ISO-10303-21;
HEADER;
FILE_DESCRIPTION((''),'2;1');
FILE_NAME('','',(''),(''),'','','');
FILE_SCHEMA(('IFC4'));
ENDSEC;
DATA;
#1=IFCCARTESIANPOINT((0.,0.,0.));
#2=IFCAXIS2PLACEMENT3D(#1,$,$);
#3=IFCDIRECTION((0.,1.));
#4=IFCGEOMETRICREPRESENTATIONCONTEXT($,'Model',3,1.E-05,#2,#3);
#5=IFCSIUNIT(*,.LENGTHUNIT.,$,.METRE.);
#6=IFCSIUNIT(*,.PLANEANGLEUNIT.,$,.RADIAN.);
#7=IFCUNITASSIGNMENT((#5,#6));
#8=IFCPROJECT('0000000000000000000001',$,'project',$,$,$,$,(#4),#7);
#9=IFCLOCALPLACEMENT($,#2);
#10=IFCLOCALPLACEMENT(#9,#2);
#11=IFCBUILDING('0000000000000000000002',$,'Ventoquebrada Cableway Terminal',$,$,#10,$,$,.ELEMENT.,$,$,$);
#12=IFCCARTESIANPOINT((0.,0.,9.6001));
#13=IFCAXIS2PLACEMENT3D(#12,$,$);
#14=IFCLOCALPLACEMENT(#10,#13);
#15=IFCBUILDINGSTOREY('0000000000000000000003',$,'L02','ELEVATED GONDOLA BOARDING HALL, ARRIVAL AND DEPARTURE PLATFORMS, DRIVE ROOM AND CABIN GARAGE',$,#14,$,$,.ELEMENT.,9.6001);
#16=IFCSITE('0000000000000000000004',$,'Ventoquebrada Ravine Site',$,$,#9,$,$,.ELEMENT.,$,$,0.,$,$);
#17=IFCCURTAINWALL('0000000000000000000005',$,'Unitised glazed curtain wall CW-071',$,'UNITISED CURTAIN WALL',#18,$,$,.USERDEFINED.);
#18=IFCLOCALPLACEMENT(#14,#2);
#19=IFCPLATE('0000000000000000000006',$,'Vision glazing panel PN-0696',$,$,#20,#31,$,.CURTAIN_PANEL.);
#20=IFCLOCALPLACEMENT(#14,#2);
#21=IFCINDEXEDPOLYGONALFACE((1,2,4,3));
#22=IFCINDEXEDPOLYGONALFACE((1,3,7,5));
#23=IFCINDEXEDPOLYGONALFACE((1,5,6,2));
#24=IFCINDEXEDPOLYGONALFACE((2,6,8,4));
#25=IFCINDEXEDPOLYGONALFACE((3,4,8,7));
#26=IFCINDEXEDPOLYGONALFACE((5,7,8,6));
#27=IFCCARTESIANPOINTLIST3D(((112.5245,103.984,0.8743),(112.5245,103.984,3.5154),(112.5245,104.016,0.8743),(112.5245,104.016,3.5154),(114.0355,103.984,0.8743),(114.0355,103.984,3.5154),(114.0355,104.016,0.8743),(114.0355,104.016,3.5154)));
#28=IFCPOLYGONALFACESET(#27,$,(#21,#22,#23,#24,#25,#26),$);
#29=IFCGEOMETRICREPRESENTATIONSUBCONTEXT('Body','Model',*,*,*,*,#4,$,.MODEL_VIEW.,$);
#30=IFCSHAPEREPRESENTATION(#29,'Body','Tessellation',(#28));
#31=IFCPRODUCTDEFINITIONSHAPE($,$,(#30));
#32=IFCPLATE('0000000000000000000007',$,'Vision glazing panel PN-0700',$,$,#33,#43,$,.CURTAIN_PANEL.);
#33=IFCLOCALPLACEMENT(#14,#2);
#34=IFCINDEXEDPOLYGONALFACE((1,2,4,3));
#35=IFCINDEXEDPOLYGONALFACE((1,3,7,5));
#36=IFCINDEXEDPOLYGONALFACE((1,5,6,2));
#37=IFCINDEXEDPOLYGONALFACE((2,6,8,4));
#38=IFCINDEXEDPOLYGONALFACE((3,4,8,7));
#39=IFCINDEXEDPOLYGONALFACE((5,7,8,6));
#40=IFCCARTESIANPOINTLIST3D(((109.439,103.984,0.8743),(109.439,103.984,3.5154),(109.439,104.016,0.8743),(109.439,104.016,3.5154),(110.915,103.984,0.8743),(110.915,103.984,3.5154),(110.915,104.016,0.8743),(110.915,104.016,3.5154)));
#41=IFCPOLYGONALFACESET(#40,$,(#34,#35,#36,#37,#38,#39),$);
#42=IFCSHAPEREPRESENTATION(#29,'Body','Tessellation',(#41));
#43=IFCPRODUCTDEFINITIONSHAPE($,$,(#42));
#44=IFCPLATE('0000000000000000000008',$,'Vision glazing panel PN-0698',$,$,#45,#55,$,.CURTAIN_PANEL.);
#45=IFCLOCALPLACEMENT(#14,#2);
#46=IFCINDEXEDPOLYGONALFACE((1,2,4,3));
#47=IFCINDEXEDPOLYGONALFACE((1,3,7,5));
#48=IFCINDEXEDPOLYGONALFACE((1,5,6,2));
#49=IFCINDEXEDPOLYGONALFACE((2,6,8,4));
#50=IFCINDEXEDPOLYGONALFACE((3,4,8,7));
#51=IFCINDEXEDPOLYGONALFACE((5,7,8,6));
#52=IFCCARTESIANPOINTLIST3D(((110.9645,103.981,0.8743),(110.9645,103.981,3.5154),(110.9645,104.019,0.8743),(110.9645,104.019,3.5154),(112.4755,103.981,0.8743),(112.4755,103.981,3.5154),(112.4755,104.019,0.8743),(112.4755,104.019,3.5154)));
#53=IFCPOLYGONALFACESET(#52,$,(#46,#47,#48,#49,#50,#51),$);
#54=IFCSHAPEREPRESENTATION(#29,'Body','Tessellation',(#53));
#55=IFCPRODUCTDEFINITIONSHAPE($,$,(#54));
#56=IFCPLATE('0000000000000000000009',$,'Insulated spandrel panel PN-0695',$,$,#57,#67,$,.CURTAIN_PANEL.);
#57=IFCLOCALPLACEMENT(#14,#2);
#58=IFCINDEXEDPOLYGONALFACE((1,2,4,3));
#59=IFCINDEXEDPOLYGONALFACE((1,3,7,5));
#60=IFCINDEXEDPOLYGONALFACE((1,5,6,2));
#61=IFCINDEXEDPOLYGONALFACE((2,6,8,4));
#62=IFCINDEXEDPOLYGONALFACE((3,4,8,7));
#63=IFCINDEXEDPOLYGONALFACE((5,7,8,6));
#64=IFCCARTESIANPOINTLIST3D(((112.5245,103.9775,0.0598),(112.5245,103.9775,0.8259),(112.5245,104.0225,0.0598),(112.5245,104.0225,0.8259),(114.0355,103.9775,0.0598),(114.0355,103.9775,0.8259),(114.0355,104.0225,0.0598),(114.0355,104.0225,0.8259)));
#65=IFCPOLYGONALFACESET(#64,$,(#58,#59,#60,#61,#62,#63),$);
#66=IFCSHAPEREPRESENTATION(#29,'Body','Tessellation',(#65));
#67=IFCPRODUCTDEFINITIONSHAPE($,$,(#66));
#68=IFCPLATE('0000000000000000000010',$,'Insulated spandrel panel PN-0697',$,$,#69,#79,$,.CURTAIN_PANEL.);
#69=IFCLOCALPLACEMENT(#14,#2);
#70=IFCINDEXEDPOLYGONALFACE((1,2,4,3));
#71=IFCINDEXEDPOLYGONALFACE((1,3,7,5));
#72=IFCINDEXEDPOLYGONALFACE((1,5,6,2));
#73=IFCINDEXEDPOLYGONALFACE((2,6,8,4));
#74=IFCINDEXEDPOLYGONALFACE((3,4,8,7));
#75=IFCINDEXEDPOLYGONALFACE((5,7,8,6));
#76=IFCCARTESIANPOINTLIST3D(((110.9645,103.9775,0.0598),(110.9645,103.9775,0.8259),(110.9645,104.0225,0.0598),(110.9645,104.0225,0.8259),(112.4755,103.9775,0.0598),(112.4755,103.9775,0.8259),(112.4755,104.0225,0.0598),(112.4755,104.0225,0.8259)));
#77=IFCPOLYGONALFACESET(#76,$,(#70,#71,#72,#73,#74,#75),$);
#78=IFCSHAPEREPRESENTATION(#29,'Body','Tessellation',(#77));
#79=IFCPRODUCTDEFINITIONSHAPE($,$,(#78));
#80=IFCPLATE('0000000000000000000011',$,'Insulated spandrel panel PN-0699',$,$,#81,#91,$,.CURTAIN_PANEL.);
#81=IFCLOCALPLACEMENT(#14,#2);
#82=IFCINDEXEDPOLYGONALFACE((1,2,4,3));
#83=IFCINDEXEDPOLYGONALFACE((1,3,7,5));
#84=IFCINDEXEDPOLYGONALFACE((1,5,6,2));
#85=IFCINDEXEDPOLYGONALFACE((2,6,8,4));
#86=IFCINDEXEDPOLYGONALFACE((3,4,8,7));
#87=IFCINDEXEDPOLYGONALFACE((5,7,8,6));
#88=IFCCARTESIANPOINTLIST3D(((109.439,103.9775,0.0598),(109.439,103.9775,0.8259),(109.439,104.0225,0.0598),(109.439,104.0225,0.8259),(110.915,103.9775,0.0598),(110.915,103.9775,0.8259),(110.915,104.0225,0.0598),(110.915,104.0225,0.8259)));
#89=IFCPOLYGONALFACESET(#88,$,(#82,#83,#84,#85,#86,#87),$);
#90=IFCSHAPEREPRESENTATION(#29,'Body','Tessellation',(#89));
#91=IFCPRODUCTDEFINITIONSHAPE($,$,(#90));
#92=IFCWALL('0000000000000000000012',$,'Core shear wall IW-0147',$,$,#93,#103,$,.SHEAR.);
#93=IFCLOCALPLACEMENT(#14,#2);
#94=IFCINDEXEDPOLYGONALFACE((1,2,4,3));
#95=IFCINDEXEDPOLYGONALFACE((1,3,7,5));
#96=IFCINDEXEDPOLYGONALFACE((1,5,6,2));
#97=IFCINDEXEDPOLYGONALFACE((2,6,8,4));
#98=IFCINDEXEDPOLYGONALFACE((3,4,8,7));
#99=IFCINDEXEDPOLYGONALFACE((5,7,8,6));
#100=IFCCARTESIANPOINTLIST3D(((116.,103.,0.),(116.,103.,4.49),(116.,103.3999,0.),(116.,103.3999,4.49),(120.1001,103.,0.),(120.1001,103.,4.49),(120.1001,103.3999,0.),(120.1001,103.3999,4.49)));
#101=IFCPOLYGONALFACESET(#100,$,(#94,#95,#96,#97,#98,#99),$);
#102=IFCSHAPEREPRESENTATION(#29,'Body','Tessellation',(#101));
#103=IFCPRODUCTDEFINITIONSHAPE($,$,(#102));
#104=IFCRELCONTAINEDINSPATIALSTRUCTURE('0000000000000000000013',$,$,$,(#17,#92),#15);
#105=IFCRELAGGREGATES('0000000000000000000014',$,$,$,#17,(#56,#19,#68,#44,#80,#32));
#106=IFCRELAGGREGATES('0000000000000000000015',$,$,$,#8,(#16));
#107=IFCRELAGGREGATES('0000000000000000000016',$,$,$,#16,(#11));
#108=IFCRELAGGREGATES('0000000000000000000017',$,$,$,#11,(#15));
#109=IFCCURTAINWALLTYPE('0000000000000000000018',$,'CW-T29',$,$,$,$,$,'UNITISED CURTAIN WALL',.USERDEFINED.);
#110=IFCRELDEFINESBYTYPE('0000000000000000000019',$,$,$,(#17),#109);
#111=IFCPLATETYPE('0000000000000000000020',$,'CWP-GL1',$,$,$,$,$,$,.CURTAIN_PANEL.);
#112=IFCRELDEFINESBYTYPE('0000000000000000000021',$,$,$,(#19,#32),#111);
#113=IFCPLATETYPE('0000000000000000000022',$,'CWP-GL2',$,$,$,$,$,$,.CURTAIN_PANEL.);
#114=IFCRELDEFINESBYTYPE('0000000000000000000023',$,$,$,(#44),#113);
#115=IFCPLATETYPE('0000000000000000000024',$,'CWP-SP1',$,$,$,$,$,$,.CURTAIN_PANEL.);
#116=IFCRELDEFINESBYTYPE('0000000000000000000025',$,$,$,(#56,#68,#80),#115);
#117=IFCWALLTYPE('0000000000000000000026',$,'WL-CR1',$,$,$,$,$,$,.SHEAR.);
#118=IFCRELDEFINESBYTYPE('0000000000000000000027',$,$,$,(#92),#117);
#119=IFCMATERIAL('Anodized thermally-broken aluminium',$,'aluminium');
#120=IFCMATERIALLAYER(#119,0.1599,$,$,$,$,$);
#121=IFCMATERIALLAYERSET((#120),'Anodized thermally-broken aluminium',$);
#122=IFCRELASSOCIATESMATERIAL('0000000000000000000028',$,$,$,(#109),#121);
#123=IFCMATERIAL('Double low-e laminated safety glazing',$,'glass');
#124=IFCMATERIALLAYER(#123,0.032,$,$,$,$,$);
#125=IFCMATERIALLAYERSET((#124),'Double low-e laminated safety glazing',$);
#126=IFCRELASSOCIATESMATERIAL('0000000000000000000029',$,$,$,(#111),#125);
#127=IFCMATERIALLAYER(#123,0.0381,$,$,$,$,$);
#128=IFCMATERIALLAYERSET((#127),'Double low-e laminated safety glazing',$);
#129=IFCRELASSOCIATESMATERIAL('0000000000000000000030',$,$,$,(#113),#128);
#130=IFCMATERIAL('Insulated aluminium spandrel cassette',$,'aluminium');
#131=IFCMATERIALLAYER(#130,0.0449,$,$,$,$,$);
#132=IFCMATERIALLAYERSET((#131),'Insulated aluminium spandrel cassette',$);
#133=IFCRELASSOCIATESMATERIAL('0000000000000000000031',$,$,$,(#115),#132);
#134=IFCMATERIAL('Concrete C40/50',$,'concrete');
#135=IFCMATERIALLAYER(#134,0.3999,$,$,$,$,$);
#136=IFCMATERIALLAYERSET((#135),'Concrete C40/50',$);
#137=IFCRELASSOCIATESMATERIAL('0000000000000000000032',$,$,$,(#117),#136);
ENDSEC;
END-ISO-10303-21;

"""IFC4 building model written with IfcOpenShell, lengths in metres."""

from ifc_helpers import new_model, si_unit, direction, frame, frame_2d, origin, origin_2d, place, context, subcontext, project, spatial, rectangle, extrude, material, layer, layer_set, type_object, element, aggregate, save


model = new_model("IFC4")

# Units and contexts
model_context = context("Model", 3, precision=1e-05, world=origin(), true_north=direction((0.0, 1.0)))
body_context = subcontext(model_context, "Body", "Model", "MODEL_VIEW")
ifc_project = project(units=[si_unit("LENGTHUNIT", "METRE"), si_unit("PLANEANGLEUNIT", "RADIAN")], contexts=[model_context])

# Site, building, storey
site_placement = place(None, origin())
site = spatial("IfcSite", under=ifc_project, at=site_placement, Name="Ventoquebrada Ravine Site", CompositionType="ELEMENT", RefElevation=0.0)
building_placement = place(site_placement, origin())
building = spatial("IfcBuilding", under=site, at=building_placement, Name="Ventoquebrada Cableway Terminal", CompositionType="ELEMENT")
storey_placement = place(building_placement, frame((0.0, 0.0, 9.6001)))
storey = spatial("IfcBuildingStorey", under=building, at=storey_placement, Name="L02", Description="ELEVATED GONDOLA BOARDING HALL, ARRIVAL AND DEPARTURE PLATFORMS, DRIVE ROOM AND CABIN GARAGE", CompositionType="ELEMENT", Elevation=9.6001)

# Curtain wall, plates
ifc_material_1 = material(Name="Anodized thermally-broken aluminium", Category="aluminium")
ifc_layer_1 = layer(ifc_material_1, 0.1599)
ifc_layer_set_1 = layer_set([ifc_layer_1], Name="Anodized thermally-broken aluminium")
curtain_wall_type = type_object("IfcCurtainWallType", Name="CW-T29", ElementType="UNITISED CURTAIN WALL", PredefinedType="USERDEFINED", material=ifc_layer_set_1)
curtain_wall_placement = place(storey_placement, origin())
curtain_wall = element("IfcCurtainWall", 1, at=curtain_wall_placement, inside=storey, type_object=curtain_wall_type, Name="Unitised glazed curtain wall CW-071", ObjectType="UNITISED CURTAIN WALL", PredefinedType="USERDEFINED")
ifc_material_2 = material(Name="Double low-e laminated safety glazing", Category="glass")
ifc_layer_2 = layer(ifc_material_2, 0.032)
ifc_layer_set_2 = layer_set([ifc_layer_2], Name="Double low-e laminated safety glazing")
plate_type_1 = type_object("IfcPlateType", Name="CWP-GL1", PredefinedType="CURTAIN_PANEL", material=ifc_layer_set_2)
plate_1_placement = place(storey_placement, frame((113.28, 104.0, 0.8743), z_axis=(0.0, 0.0, 1.0), x_axis=(-1.0, 0.0, 0.0)))
plate_1 = element("IfcPlate", 2, at=plate_1_placement, type_object=plate_type_1, Name="Vision glazing panel PN-0696", PredefinedType="CURTAIN_PANEL", context=body_context, shape_type="SweptSolid", body=[
    extrude(rectangle(XDim=1.511, YDim=0.032, at=origin_2d()), origin(), (0.0, 0.0, 1.0), 2.6411),
])
plate_2_placement = place(storey_placement, frame((110.177, 104.0, 0.8743), z_axis=(0.0, 0.0, 1.0), x_axis=(-1.0, 0.0, 0.0)))
plate_2 = element("IfcPlate", 3, at=plate_2_placement, type_object=plate_type_1, Name="Vision glazing panel PN-0700", PredefinedType="CURTAIN_PANEL", context=body_context, shape_type="SweptSolid", body=[
    extrude(rectangle(XDim=1.4761, YDim=0.032, at=origin_2d()), origin(), (0.0, 0.0, 1.0), 2.6411),
])
ifc_layer_3 = layer(ifc_material_2, 0.0381)
ifc_layer_set_3 = layer_set([ifc_layer_3], Name="Double low-e laminated safety glazing")
plate_type_2 = type_object("IfcPlateType", Name="CWP-GL2", PredefinedType="CURTAIN_PANEL", material=ifc_layer_set_3)
plate_3_placement = place(storey_placement, frame((111.72, 104.0, 0.8743), z_axis=(0.0, 0.0, 1.0), x_axis=(-1.0, 0.0, 0.0)))
plate_3 = element("IfcPlate", 4, at=plate_3_placement, type_object=plate_type_2, Name="Vision glazing panel PN-0698", PredefinedType="CURTAIN_PANEL", context=body_context, shape_type="SweptSolid", body=[
    extrude(rectangle(XDim=1.511, YDim=0.0381, at=origin_2d()), origin(), (0.0, 0.0, 1.0), 2.6411),
])
ifc_material_3 = material(Name="Insulated aluminium spandrel cassette", Category="aluminium")
ifc_layer_4 = layer(ifc_material_3, 0.0449)
ifc_layer_set_4 = layer_set([ifc_layer_4], Name="Insulated aluminium spandrel cassette")
plate_type_3 = type_object("IfcPlateType", Name="CWP-SP1", PredefinedType="CURTAIN_PANEL", material=ifc_layer_set_4)
plate_4_placement = place(storey_placement, frame((113.28, 104.0, 0.0598), z_axis=(0.0, 0.0, 1.0), x_axis=(-1.0, 0.0, 0.0)))
plate_4 = element("IfcPlate", 5, at=plate_4_placement, type_object=plate_type_3, Name="Insulated spandrel panel PN-0695", PredefinedType="CURTAIN_PANEL", context=body_context, shape_type="SweptSolid", body=[
    extrude(rectangle(XDim=1.511, YDim=0.0449, at=origin_2d()), origin(), (0.0, 0.0, 1.0), 0.7661),
])
plate_5_placement = place(storey_placement, frame((111.72, 104.0, 0.0598), z_axis=(0.0, 0.0, 1.0), x_axis=(-1.0, 0.0, 0.0)))
plate_5 = element("IfcPlate", 6, at=plate_5_placement, type_object=plate_type_3, Name="Insulated spandrel panel PN-0697", PredefinedType="CURTAIN_PANEL", context=body_context, shape_type="SweptSolid", body=[
    extrude(rectangle(XDim=1.511, YDim=0.0449, at=origin_2d()), origin(), (0.0, 0.0, 1.0), 0.7661),
])
plate_6_placement = place(storey_placement, frame((110.177, 104.0, 0.0598), z_axis=(0.0, 0.0, 1.0), x_axis=(-1.0, 0.0, 0.0)))
plate_6 = element("IfcPlate", 7, at=plate_6_placement, type_object=plate_type_3, Name="Insulated spandrel panel PN-0699", PredefinedType="CURTAIN_PANEL", context=body_context, shape_type="SweptSolid", body=[
    extrude(rectangle(XDim=1.4761, YDim=0.0449, at=origin_2d()), origin(), (0.0, 0.0, 1.0), 0.7661),
])
aggregate(curtain_wall, [plate_4, plate_1, plate_5, plate_3, plate_6, plate_2])

# Wall
ifc_material_4 = material(Name="Concrete C40/50", Category="concrete")
ifc_layer_5 = layer(ifc_material_4, 0.3999)
ifc_layer_set_5 = layer_set([ifc_layer_5], Name="Concrete C40/50")
wall_type = type_object("IfcWallType", Name="WL-CR1", PredefinedType="SHEAR", material=ifc_layer_set_5)
wall_placement = place(storey_placement, frame((120.1001, 103.2, 0.0), z_axis=(0.0, 0.0, 1.0), x_axis=(-1.0, 0.0, 0.0)))
element("IfcWall", 8, at=wall_placement, inside=storey, type_object=wall_type, Name="Core shear wall IW-0147", PredefinedType="SHEAR", context=body_context, shape_type="SweptSolid", body=[
    extrude(rectangle(XDim=4.1001, YDim=0.3999, at=frame_2d((2.05, 0.0))), origin(), (0.0, 0.0, 1.0), 4.49),
])

save(model, "model.ifc")
